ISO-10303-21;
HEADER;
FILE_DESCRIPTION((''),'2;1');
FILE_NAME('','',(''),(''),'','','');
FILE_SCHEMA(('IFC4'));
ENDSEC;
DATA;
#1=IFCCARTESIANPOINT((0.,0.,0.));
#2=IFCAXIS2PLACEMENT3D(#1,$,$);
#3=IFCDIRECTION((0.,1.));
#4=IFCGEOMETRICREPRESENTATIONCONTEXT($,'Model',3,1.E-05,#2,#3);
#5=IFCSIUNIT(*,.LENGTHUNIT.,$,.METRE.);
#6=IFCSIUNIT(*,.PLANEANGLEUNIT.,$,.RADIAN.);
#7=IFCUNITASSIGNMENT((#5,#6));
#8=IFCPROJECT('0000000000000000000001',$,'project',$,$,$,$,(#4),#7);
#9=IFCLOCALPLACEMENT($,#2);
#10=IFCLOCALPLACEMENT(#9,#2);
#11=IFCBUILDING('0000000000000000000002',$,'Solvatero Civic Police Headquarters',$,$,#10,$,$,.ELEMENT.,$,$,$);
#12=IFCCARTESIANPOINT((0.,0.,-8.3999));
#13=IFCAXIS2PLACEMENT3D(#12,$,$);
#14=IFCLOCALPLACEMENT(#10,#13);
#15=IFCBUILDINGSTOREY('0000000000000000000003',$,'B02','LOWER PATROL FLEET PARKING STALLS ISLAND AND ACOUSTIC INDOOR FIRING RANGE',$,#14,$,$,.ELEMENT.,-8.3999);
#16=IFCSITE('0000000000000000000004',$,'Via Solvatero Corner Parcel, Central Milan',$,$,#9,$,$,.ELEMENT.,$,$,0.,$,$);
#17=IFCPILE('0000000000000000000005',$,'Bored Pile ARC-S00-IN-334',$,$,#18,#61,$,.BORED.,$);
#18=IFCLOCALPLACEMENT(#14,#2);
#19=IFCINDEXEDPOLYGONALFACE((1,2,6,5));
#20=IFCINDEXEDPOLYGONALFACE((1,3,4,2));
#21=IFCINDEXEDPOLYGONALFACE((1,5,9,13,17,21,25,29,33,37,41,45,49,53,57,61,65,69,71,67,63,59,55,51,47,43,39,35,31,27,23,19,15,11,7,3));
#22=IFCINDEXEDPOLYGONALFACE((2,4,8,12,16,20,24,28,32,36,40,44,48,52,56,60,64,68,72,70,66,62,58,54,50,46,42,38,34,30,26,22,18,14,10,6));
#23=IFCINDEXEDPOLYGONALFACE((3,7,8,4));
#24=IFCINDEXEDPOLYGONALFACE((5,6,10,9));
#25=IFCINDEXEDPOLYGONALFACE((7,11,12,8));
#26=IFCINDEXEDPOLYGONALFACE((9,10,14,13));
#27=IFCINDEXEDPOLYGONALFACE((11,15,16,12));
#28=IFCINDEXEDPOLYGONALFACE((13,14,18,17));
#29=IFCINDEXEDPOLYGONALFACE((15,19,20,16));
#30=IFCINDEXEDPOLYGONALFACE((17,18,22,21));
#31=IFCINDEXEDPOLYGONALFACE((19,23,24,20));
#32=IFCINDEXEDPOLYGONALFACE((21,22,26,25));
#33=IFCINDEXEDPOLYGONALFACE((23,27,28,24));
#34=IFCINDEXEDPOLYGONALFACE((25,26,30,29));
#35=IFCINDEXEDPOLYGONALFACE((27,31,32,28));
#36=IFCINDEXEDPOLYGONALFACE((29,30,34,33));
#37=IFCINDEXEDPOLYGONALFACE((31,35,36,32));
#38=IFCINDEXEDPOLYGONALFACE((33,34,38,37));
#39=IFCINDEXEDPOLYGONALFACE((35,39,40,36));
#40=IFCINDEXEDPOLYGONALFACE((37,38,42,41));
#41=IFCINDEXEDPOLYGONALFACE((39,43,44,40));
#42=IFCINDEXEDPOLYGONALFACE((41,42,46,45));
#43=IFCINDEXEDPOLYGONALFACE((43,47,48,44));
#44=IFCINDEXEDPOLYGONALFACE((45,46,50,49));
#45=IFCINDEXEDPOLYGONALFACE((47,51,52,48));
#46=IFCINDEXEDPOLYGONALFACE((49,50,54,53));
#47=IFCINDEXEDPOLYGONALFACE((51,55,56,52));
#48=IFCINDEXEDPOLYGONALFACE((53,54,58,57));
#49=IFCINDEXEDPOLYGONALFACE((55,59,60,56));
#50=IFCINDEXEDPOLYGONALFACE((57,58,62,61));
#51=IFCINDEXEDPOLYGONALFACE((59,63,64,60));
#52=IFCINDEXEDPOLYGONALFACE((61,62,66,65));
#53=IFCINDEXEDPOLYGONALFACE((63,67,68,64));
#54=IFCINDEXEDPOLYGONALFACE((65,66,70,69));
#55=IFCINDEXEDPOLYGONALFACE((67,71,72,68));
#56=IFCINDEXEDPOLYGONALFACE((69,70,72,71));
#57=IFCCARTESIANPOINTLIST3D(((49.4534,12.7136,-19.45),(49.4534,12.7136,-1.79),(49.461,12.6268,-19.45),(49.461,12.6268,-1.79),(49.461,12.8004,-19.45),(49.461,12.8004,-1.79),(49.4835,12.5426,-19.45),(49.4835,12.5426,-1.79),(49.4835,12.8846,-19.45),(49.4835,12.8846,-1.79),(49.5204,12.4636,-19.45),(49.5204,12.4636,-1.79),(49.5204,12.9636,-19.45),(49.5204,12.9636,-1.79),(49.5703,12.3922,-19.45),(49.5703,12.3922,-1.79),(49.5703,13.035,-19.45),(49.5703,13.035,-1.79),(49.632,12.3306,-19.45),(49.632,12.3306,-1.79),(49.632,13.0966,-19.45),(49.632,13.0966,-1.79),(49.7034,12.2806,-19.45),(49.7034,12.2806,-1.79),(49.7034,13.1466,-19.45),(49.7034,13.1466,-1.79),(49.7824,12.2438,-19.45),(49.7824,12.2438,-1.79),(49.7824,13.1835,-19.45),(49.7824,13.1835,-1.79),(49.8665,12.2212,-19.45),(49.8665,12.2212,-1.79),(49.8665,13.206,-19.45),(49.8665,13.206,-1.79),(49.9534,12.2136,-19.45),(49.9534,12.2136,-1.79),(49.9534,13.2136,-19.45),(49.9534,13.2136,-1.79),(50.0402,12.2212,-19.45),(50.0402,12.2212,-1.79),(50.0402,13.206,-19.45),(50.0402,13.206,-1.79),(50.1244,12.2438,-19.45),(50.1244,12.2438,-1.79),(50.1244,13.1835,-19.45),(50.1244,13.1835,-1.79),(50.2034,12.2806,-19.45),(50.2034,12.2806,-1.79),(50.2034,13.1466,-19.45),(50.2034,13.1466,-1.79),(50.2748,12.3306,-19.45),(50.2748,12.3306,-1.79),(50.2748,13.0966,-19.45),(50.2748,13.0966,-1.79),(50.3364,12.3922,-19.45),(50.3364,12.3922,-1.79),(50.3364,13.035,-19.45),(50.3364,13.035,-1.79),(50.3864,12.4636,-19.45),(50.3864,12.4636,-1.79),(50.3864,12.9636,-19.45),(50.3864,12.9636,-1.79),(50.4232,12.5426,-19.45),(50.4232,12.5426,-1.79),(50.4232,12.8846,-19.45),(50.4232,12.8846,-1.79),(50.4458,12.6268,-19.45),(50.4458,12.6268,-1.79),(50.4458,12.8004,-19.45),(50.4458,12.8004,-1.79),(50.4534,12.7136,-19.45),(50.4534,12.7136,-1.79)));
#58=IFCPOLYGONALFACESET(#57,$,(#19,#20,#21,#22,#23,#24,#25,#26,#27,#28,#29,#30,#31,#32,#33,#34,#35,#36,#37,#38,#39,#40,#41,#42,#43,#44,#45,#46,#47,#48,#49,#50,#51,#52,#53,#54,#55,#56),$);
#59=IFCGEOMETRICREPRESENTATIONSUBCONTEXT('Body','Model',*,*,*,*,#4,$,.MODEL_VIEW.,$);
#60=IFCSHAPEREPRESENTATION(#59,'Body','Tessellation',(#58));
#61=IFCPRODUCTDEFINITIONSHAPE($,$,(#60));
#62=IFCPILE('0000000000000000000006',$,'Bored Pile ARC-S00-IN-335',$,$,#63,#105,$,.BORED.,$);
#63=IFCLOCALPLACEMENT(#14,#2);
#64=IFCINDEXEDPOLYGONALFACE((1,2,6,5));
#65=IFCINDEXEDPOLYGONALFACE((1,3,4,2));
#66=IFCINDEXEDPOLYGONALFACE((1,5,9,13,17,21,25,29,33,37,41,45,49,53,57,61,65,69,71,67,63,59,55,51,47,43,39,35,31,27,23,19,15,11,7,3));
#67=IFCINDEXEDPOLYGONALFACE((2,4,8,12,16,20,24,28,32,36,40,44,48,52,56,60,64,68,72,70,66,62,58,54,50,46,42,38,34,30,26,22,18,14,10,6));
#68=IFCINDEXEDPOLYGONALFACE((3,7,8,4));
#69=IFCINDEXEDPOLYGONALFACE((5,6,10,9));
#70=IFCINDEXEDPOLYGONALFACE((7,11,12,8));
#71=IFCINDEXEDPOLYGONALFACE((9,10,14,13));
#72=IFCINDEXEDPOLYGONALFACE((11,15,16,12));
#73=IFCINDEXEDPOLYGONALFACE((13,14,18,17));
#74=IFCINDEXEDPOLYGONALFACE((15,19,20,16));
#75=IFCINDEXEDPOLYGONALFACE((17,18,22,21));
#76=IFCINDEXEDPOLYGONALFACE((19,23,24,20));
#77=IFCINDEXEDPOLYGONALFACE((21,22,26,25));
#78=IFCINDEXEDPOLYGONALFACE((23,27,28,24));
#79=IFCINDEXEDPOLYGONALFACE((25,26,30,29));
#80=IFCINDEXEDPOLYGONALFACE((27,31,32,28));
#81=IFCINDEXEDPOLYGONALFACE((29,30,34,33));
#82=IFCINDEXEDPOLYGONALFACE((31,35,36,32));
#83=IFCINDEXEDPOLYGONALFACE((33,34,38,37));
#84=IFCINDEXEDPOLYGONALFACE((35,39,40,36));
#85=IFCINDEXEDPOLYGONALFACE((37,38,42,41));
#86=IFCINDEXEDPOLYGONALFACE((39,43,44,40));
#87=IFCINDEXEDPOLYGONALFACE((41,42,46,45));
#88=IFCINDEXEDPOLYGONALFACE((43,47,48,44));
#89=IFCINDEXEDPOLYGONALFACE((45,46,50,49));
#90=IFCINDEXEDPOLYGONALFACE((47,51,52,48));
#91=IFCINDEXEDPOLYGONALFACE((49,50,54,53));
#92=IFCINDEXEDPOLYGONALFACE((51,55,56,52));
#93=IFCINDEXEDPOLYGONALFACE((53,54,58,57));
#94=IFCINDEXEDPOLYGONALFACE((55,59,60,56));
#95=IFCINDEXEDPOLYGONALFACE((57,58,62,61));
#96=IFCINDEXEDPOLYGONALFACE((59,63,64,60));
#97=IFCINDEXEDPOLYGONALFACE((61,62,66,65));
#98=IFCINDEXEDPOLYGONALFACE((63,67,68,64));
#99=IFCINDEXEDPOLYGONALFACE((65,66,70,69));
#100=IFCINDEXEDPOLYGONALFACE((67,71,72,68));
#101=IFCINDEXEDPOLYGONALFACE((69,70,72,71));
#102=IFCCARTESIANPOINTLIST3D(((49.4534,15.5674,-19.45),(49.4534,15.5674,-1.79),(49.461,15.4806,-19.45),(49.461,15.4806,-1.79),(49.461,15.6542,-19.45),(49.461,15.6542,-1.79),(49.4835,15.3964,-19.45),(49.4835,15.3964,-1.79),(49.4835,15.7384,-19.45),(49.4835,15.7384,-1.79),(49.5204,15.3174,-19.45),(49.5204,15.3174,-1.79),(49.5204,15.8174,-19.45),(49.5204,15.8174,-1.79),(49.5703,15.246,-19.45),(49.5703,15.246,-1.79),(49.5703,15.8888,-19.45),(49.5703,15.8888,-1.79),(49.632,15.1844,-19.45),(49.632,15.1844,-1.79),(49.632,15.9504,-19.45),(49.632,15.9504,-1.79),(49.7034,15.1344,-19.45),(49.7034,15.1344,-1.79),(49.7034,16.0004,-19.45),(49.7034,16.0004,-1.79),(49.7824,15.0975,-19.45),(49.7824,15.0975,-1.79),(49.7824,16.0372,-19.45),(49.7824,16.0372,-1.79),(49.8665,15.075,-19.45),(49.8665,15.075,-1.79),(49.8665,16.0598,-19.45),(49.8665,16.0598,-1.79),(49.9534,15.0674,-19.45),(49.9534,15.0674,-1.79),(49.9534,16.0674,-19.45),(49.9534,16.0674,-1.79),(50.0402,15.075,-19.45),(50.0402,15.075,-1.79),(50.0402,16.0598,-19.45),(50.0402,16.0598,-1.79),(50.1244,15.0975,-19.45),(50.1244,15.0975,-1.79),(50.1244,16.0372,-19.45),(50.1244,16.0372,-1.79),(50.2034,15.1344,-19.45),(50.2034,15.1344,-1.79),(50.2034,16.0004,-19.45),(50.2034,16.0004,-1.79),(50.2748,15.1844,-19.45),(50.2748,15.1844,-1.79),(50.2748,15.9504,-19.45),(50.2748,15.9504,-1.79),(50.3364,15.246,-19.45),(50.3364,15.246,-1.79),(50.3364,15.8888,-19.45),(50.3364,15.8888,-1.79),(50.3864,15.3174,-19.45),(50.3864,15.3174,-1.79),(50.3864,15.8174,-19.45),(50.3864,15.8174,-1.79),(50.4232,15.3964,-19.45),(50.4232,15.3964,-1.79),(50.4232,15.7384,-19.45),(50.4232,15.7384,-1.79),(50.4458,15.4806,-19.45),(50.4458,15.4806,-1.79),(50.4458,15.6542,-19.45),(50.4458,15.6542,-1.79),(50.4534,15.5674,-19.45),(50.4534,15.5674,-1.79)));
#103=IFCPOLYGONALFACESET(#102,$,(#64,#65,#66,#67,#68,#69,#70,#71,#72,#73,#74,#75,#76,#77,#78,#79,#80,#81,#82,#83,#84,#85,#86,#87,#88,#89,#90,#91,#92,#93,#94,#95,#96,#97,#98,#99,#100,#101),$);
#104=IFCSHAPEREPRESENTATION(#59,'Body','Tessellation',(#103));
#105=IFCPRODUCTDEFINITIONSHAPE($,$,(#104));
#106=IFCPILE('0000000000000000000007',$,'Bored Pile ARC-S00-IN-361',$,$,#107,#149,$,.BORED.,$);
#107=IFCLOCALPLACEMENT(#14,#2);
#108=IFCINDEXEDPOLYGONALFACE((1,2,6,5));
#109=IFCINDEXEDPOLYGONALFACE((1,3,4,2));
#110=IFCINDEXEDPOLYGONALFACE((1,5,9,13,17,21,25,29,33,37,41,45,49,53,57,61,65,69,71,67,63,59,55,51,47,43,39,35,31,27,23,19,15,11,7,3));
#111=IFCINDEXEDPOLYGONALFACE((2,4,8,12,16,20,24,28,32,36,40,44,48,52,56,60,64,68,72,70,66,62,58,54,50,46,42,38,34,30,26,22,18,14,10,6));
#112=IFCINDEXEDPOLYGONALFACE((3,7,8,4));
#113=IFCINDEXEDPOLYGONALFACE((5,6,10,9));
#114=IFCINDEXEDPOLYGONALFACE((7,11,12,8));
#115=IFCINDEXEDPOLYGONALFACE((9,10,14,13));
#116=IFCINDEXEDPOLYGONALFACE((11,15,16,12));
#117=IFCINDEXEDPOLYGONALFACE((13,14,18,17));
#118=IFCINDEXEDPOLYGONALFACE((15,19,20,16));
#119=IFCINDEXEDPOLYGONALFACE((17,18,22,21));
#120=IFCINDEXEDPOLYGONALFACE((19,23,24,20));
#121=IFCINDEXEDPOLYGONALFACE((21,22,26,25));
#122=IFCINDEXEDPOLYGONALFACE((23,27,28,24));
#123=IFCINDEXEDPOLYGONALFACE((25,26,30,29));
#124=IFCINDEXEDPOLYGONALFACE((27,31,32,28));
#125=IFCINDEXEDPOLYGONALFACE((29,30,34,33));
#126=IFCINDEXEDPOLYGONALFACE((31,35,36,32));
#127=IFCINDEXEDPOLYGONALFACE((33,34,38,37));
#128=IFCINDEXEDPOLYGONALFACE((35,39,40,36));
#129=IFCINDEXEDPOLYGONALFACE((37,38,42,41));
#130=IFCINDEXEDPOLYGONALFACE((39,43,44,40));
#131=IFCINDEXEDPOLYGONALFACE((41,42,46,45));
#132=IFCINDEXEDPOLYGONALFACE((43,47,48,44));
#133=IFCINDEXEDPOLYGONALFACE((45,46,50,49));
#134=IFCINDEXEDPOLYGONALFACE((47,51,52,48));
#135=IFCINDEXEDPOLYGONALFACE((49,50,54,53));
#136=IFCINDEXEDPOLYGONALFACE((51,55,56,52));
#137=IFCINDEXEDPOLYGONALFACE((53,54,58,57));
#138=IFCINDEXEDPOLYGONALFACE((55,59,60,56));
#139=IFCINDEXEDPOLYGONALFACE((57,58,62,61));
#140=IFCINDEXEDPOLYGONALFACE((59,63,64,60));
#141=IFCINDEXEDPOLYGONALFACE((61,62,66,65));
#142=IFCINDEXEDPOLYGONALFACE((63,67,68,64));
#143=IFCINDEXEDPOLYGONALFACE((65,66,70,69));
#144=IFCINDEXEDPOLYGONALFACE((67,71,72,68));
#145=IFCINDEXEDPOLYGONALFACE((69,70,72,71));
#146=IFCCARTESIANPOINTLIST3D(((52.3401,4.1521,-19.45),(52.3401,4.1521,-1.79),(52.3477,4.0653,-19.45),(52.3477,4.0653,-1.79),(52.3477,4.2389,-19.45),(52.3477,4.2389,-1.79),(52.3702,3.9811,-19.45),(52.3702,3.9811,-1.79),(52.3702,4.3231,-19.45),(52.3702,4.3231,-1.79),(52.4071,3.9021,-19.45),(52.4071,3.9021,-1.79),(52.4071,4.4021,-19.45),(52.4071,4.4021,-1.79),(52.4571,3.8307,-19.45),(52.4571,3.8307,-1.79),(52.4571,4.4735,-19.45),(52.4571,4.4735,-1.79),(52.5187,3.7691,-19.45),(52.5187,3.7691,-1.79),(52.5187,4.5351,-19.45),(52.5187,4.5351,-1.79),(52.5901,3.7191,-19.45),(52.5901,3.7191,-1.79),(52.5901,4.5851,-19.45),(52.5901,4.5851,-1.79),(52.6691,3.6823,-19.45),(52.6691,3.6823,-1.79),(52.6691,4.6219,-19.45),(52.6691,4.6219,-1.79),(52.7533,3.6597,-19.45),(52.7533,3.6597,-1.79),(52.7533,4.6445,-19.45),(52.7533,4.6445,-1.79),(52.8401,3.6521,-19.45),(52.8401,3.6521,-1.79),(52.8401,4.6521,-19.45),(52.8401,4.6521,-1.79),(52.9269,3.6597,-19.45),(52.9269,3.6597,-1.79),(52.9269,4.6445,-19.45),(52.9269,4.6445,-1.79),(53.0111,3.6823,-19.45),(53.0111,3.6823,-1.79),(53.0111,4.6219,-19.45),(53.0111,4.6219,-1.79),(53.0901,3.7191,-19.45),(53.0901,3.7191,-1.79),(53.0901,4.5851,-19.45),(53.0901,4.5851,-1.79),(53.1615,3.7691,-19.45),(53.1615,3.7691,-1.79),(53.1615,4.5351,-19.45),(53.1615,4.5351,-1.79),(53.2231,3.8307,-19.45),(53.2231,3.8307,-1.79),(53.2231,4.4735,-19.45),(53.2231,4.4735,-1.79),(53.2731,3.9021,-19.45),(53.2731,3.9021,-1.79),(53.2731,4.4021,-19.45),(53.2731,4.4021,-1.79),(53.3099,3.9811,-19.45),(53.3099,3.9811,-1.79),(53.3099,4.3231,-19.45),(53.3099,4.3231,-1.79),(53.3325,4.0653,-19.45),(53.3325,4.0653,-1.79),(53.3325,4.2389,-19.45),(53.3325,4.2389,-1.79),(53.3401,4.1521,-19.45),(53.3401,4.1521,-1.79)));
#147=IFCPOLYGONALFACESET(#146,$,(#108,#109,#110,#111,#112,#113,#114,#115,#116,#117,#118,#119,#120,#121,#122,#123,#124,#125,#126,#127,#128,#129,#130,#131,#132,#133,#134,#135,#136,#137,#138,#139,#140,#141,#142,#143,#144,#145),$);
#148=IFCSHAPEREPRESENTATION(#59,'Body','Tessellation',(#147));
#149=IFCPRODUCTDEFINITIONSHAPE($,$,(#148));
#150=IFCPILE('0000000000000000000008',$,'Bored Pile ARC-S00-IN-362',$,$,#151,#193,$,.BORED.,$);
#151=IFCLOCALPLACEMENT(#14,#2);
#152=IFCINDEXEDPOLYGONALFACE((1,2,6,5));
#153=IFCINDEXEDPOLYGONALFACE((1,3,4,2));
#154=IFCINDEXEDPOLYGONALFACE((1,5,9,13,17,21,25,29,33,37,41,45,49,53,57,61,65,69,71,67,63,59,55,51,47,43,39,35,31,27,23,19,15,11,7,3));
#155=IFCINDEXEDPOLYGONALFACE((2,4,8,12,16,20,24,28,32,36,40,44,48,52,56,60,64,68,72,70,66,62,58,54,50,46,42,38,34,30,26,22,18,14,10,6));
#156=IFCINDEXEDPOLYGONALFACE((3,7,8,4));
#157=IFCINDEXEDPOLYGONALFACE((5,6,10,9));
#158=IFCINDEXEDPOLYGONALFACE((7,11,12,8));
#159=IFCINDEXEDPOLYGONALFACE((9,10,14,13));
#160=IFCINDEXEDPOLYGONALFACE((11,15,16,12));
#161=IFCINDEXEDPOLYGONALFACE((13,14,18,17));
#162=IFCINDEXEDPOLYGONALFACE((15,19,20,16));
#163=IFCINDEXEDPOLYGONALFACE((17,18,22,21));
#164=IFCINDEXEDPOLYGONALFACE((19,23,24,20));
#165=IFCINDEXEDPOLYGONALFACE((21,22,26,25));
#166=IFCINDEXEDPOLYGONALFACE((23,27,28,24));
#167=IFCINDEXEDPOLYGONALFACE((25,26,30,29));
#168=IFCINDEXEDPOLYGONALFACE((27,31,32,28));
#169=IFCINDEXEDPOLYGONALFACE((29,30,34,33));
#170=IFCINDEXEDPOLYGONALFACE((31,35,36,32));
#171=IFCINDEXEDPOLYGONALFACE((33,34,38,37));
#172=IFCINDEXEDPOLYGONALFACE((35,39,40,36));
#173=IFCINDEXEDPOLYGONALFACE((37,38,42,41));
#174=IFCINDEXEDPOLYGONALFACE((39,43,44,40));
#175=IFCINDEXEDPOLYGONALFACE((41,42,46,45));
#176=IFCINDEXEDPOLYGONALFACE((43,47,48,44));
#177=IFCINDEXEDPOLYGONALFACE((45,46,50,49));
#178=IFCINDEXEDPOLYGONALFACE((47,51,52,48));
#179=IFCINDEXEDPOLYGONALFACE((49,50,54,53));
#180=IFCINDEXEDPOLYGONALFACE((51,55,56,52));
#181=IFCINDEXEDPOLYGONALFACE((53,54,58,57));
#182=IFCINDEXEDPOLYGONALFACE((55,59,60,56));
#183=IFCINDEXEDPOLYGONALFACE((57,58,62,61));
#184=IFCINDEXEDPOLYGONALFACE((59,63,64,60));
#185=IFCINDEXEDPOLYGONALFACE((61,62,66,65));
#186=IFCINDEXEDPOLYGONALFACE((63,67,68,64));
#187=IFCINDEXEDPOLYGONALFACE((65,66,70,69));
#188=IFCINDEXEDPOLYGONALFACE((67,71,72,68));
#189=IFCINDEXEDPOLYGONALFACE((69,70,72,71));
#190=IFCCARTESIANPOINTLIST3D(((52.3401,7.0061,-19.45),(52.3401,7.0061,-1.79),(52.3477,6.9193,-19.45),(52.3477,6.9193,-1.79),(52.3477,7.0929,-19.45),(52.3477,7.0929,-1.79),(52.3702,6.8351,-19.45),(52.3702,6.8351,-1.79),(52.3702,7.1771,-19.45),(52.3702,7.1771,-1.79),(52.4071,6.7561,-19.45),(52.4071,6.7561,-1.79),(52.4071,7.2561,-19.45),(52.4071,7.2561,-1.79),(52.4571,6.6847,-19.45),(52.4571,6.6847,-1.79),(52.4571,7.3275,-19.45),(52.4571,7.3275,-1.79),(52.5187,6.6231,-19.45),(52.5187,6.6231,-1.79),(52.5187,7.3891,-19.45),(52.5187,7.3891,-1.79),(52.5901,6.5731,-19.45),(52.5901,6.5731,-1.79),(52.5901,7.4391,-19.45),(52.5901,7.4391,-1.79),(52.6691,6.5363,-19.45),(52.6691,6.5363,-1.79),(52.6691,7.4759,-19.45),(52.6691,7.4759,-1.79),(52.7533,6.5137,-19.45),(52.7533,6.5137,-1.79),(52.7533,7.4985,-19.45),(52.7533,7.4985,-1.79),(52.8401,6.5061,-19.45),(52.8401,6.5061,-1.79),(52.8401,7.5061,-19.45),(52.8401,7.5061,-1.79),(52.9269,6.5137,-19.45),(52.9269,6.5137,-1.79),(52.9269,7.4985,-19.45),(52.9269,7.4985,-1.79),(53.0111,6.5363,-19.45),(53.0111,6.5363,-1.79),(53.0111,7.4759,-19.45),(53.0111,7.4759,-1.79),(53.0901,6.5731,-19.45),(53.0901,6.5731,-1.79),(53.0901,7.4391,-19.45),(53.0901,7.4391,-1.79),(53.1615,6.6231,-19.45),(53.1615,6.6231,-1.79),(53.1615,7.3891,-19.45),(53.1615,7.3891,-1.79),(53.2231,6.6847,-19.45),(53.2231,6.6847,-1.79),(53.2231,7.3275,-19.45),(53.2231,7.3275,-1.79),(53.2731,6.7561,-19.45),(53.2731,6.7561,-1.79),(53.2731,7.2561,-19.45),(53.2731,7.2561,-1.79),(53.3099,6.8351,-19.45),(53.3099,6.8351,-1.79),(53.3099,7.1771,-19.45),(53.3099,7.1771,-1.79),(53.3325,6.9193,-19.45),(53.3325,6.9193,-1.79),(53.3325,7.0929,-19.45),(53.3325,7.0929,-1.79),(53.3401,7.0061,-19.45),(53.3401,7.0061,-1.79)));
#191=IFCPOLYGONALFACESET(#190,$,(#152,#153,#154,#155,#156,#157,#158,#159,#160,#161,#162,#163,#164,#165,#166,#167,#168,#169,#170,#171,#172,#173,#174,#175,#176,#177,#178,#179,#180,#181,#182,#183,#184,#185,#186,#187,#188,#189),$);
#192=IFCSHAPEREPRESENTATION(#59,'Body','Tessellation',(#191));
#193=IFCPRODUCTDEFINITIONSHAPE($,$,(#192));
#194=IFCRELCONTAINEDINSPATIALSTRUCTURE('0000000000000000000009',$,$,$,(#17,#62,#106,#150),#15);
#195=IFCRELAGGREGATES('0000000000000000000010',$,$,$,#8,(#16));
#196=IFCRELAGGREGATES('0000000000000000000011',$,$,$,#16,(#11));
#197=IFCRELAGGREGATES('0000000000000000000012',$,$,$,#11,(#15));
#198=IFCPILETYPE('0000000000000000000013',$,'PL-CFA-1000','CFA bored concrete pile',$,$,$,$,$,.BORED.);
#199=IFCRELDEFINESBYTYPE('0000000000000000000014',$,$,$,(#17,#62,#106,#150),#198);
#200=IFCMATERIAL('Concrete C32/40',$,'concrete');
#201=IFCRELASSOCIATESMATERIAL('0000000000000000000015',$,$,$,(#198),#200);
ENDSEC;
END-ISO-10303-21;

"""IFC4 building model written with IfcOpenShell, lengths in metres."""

from ifc_helpers import new_model, si_unit, direction, frame, origin, origin_2d, place, context, subcontext, project, spatial, circle, extrude, material, material_profile, profile_set, type_object, element, save


model = new_model("IFC4")

# Units and contexts
model_context = context("Model", 3, precision=1e-05, world=origin(), true_north=direction((0.0, 1.0)))
body_context = subcontext(model_context, "Body", "Model", "MODEL_VIEW")
ifc_project = project(units=[si_unit("LENGTHUNIT", "METRE"), si_unit("PLANEANGLEUNIT", "RADIAN")], contexts=[model_context])

# Site, building, storey
site_placement = place(None, origin())
site = spatial("IfcSite", under=ifc_project, at=site_placement, Name="Via Solvatero Corner Parcel, Central Milan", CompositionType="ELEMENT", RefElevation=0.0)
building_placement = place(site_placement, origin())
building = spatial("IfcBuilding", under=site, at=building_placement, Name="Solvatero Civic Police Headquarters", CompositionType="ELEMENT")
storey_placement = place(building_placement, frame((0.0, 0.0, -8.3999)))
storey = spatial("IfcBuildingStorey", under=building, at=storey_placement, Name="B02", Description="LOWER PATROL FLEET PARKING STALLS ISLAND AND ACOUSTIC INDOOR FIRING RANGE", CompositionType="ELEMENT", Elevation=-8.3999)

# Piles
ifc_material_1 = material(Name="Concrete C32/40", Category="concrete")
ifc_material_profile_1 = material_profile(ifc_material_1, circle(Radius=0.5, at=origin_2d()), Name="CFA PILE D1000")
ifc_profile_set_1 = profile_set([ifc_material_profile_1], Name="Concrete C32/40")
pile_type = type_object("IfcPileType", Name="PL-CFA-1000", Description="CFA bored concrete pile", PredefinedType="BORED", material=ifc_profile_set_1)
for number, where, z_axis, x_axis, name in (
    (1, (49.9534, 12.7136, -1.79), (0.0, 0.0, -1.0), (1.0, 0.0, 0.0), "Bored Pile ARC-S00-IN-334"),
    (2, (49.9534, 15.5674, -1.79), (0.0, 0.0, -1.0), (1.0, 0.0, 0.0), "Bored Pile ARC-S00-IN-335"),
    (3, (52.8401, 4.1521, -1.79), (0.0, 0.0, -1.0), (1.0, 0.0, 0.0), "Bored Pile ARC-S00-IN-361"),
    (4, (52.8401, 7.0061, -1.79), (0.0, 0.0, -1.0), (1.0, 0.0, 0.0), "Bored Pile ARC-S00-IN-362"),
):
    element("IfcPile", number, at=place(storey_placement, frame(where, z_axis=z_axis, x_axis=x_axis)), inside=storey, type_object=pile_type, Name=name, PredefinedType="BORED", context=body_context, shape_type="SweptSolid", body=[
        extrude(circle(Radius=0.5, at=origin_2d()), origin(), (0.0, 0.0, 1.0), 17.6599),
    ])

save(model, "model.ifc")
